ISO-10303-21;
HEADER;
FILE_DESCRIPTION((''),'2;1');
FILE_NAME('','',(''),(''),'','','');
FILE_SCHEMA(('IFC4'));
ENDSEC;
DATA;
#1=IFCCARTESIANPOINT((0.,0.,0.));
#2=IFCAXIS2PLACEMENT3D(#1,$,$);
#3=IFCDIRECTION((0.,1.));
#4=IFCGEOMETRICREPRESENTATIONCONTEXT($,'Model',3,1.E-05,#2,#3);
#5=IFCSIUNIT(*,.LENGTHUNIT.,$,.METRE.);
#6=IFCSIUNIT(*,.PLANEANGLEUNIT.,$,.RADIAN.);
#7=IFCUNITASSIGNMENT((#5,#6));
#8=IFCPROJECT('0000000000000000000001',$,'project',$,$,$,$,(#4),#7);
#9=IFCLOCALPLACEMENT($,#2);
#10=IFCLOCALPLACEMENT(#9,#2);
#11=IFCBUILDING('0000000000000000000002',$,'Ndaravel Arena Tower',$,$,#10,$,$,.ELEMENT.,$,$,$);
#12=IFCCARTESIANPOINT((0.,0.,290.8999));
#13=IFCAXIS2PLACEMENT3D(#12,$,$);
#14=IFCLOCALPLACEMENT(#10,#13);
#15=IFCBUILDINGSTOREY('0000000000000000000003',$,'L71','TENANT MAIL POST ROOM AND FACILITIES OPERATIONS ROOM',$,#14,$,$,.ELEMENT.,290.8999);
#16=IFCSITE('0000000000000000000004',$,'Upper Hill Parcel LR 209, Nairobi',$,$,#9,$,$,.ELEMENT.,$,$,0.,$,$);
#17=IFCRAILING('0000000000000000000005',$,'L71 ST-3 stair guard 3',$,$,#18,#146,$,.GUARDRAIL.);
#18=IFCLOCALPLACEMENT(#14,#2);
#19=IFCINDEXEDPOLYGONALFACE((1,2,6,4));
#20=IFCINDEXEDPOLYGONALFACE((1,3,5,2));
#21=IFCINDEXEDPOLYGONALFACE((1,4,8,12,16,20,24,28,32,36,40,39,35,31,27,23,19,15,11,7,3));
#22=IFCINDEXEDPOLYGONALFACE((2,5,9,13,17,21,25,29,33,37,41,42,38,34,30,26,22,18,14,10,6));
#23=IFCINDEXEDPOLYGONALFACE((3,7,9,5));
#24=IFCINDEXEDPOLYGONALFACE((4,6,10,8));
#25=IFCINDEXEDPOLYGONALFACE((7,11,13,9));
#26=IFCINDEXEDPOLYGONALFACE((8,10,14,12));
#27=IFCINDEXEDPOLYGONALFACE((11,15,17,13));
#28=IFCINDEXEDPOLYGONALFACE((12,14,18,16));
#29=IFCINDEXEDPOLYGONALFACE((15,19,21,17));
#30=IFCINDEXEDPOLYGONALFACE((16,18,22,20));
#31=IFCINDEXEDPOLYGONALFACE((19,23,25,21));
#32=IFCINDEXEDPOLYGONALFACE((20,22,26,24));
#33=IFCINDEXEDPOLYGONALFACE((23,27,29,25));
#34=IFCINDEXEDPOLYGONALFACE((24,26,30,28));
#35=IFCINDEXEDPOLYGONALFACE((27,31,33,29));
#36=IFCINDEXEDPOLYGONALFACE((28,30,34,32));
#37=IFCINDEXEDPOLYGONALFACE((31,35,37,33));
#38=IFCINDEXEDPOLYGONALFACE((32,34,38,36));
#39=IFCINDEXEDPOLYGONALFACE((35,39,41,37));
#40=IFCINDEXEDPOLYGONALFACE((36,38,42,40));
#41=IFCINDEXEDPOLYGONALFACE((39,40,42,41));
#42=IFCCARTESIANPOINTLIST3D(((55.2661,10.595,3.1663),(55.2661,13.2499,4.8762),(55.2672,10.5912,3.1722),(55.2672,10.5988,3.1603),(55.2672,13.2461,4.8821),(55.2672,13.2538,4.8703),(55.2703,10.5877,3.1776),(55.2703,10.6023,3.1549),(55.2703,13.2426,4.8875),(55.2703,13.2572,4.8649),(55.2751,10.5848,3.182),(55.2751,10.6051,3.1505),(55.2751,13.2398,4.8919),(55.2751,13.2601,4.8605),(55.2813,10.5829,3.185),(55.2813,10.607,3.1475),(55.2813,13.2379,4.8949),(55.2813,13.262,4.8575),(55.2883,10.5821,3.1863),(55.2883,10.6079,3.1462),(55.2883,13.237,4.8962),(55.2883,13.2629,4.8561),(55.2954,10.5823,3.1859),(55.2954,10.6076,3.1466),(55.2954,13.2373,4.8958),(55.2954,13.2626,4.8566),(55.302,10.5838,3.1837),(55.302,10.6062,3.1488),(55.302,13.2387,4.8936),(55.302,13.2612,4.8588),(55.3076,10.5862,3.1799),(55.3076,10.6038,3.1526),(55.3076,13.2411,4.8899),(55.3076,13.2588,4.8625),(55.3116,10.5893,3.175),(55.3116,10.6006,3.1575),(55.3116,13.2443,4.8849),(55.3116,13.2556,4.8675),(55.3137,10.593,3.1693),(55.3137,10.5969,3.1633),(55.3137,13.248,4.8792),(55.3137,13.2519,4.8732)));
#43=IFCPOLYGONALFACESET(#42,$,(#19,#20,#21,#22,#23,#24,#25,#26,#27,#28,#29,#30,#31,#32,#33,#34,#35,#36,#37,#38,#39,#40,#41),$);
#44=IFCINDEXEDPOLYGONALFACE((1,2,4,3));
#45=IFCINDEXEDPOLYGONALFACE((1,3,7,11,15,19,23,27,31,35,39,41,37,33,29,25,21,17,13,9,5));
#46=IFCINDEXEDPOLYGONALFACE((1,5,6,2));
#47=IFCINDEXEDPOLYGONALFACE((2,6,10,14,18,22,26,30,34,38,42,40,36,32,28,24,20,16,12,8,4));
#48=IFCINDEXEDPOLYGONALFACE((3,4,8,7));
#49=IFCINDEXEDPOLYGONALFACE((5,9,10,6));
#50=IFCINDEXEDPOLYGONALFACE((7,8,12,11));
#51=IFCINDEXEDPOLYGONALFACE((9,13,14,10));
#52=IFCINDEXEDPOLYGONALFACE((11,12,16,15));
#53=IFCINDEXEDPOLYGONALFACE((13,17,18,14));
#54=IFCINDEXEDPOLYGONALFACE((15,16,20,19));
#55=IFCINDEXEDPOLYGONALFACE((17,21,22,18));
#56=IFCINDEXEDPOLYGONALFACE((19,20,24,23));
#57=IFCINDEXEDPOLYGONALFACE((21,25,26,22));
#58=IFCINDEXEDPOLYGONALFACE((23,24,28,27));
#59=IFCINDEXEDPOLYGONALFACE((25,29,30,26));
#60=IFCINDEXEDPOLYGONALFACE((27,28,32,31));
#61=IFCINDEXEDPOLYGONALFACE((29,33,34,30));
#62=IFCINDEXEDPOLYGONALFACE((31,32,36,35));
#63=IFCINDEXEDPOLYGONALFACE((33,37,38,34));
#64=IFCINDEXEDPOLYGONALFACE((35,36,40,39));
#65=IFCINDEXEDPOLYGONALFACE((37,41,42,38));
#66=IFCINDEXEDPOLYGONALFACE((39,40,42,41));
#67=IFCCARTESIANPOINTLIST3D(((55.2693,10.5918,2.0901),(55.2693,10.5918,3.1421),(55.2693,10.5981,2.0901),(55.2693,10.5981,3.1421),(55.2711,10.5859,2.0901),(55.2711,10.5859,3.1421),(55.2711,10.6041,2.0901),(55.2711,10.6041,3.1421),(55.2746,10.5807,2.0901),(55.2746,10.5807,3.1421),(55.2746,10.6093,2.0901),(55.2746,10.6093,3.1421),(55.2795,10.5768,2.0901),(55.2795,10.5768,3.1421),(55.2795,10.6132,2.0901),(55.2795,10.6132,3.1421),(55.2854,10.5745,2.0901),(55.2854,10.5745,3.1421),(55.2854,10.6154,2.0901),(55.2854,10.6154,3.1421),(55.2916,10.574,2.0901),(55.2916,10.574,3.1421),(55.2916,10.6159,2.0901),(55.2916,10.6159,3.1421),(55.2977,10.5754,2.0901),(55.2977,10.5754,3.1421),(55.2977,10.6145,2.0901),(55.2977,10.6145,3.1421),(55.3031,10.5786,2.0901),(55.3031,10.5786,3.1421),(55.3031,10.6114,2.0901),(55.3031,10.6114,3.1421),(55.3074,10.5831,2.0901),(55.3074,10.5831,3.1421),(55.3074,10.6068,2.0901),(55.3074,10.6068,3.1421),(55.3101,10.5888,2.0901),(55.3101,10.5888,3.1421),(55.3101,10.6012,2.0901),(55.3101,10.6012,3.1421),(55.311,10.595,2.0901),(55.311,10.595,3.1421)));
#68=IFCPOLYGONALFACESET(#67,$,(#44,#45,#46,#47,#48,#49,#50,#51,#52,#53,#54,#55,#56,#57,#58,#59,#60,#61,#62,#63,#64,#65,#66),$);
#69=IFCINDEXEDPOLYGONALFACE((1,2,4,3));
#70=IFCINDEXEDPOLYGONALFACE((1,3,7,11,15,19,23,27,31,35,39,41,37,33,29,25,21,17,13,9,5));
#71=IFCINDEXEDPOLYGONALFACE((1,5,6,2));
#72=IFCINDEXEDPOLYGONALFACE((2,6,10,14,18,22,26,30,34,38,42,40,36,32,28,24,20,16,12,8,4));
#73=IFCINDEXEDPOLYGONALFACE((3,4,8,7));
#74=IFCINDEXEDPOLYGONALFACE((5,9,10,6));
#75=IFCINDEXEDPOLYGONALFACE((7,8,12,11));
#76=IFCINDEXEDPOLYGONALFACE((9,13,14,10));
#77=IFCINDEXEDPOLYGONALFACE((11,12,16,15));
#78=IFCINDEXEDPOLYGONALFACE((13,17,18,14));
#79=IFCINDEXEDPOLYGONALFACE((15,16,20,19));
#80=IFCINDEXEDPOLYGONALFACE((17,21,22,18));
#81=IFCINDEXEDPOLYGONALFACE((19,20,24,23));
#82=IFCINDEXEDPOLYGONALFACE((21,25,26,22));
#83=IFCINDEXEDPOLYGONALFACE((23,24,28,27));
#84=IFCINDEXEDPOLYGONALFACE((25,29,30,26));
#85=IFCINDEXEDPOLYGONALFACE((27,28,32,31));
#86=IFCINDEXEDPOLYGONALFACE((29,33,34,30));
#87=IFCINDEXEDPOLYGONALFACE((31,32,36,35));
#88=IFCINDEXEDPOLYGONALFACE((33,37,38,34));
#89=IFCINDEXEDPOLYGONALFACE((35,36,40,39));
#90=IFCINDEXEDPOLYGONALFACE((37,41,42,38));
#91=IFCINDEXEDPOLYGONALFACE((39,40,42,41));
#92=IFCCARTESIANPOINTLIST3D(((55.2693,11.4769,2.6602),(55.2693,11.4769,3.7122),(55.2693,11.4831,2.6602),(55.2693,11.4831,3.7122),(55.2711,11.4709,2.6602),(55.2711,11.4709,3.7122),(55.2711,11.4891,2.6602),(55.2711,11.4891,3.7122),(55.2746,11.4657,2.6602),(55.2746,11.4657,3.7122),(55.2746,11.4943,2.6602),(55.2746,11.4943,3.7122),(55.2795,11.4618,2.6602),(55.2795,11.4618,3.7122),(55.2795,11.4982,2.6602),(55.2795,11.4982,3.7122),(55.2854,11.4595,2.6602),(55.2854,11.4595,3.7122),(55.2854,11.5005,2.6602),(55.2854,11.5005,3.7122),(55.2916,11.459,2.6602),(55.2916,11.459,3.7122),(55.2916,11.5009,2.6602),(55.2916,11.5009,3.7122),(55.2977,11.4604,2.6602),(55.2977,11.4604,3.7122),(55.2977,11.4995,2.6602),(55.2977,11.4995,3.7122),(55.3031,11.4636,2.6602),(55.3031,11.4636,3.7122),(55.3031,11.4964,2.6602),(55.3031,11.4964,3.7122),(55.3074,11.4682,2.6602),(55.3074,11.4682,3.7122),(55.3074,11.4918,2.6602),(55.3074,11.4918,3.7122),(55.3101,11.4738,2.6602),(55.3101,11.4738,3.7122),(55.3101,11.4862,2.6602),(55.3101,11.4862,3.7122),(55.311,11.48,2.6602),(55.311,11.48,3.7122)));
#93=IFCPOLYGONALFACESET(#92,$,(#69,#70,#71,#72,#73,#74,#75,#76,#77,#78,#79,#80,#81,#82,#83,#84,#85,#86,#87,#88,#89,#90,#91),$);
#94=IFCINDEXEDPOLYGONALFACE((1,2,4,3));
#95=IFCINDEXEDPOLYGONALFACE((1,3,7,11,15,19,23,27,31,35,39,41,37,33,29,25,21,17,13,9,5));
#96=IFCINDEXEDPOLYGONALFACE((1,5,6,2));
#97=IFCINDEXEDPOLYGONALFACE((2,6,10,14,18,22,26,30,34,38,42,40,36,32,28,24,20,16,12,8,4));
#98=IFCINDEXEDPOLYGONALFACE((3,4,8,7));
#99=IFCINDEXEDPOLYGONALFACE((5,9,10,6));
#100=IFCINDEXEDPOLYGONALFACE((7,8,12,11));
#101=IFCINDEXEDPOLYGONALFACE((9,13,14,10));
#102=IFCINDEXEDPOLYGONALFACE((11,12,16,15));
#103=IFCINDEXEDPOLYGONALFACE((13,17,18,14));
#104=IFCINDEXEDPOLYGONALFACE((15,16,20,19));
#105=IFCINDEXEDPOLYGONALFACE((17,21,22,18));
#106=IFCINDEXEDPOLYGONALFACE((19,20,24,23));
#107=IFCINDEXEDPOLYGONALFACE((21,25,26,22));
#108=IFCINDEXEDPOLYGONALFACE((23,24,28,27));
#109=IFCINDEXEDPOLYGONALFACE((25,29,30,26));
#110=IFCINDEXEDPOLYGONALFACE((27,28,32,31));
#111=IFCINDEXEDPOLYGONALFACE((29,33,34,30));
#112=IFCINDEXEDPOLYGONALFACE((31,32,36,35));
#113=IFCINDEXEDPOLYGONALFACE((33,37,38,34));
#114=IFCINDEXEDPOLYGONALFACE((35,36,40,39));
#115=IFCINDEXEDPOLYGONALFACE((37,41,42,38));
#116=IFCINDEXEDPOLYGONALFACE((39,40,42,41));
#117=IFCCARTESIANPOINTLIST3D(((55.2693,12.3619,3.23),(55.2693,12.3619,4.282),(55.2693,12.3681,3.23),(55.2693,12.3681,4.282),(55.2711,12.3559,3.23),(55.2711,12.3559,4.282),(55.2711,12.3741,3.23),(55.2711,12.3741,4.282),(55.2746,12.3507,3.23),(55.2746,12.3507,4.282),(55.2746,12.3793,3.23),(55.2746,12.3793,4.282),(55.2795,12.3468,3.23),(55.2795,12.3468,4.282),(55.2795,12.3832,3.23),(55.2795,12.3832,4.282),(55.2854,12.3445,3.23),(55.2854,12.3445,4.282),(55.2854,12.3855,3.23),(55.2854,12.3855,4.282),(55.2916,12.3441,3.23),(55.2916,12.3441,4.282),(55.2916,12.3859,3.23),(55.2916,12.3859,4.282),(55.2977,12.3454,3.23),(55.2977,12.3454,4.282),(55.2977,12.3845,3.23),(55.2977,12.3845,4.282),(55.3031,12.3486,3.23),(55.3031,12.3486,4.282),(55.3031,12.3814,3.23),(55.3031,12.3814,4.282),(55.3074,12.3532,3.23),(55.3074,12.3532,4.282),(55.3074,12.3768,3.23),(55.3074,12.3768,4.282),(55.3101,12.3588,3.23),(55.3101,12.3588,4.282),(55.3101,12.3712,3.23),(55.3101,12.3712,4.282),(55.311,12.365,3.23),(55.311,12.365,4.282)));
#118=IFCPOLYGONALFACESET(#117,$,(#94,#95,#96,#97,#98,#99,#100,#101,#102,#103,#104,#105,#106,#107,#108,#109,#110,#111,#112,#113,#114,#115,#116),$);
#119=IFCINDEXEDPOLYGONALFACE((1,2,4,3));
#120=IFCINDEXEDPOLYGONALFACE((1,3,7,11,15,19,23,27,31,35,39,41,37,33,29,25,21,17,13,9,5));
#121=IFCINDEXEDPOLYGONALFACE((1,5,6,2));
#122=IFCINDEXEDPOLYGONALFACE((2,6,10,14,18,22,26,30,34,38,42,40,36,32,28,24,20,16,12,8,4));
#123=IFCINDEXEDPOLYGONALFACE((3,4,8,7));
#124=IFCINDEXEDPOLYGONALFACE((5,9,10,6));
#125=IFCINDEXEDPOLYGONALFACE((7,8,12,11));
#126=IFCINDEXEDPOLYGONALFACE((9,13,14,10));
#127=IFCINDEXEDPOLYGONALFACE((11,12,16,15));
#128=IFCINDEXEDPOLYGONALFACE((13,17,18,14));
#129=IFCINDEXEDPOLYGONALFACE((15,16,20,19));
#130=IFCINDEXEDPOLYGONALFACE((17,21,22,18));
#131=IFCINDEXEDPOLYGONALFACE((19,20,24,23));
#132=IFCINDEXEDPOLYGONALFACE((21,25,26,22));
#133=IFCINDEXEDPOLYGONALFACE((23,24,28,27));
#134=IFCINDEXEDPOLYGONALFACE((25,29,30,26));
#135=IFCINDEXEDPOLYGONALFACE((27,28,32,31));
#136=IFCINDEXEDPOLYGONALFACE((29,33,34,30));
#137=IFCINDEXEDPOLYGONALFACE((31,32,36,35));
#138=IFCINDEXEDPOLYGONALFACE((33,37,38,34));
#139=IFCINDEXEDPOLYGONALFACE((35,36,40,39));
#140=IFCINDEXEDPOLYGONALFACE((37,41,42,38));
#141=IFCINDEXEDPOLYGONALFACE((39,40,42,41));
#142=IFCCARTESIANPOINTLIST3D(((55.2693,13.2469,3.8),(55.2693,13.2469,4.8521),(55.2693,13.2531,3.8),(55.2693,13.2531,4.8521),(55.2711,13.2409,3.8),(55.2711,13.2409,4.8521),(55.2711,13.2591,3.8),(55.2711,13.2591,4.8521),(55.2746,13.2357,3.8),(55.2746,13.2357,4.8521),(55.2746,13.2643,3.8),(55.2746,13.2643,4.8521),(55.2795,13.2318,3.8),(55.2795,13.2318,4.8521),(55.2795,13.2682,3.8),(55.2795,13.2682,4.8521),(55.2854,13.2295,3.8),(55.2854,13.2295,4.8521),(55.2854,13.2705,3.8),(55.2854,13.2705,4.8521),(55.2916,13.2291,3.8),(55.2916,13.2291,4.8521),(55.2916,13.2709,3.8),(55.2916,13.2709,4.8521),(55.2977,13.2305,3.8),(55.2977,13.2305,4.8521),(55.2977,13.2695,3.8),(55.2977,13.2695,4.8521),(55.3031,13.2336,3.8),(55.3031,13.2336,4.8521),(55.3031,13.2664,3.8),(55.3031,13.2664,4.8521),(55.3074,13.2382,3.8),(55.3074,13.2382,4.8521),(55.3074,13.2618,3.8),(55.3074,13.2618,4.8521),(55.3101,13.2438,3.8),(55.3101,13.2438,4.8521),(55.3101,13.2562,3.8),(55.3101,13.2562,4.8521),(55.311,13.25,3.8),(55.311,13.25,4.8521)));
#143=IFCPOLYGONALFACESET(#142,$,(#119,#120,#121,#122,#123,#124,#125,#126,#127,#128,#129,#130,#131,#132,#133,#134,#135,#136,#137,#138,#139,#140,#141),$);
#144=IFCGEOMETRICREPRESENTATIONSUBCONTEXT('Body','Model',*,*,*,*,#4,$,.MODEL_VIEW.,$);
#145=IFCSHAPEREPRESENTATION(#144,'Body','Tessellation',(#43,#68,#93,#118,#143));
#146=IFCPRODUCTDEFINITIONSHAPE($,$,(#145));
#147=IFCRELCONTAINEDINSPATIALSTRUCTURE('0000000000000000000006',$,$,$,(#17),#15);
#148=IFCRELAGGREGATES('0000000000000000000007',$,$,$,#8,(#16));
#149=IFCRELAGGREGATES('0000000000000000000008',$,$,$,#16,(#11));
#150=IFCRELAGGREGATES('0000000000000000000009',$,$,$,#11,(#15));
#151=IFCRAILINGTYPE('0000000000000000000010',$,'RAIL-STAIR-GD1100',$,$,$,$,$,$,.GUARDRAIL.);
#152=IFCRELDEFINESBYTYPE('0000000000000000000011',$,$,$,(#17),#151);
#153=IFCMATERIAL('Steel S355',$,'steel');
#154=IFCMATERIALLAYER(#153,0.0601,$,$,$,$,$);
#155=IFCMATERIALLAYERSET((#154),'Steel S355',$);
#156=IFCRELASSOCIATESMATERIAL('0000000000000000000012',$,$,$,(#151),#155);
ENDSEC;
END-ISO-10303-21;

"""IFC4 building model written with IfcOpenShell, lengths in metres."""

from ifc_helpers import new_model, si_unit, direction, frame, origin, origin_2d, place, context, subcontext, project, spatial, circle, extrude, material, layer, layer_set, type_object, element, save


model = new_model("IFC4")

# Units and contexts
model_context = context("Model", 3, precision=1e-05, world=origin(), true_north=direction((0.0, 1.0)))
body_context = subcontext(model_context, "Body", "Model", "MODEL_VIEW")
ifc_project = project(units=[si_unit("LENGTHUNIT", "METRE"), si_unit("PLANEANGLEUNIT", "RADIAN")], contexts=[model_context])

# Site, building, storey
site_placement = place(None, origin())
site = spatial("IfcSite", under=ifc_project, at=site_placement, Name="Upper Hill Parcel LR 209, Nairobi", CompositionType="ELEMENT", RefElevation=0.0)
building_placement = place(site_placement, origin())
building = spatial("IfcBuilding", under=site, at=building_placement, Name="Ndaravel Arena Tower", CompositionType="ELEMENT")
storey_placement = place(building_placement, frame((0.0, 0.0, 290.8999)))
storey = spatial("IfcBuildingStorey", under=building, at=storey_placement, Name="L71", Description="TENANT MAIL POST ROOM AND FACILITIES OPERATIONS ROOM", CompositionType="ELEMENT", Elevation=290.8999)

# Railing
ifc_material_1 = material(Name="Steel S355", Category="steel")
ifc_layer_1 = layer(ifc_material_1, 0.0601)
ifc_layer_set_1 = layer_set([ifc_layer_1], Name="Steel S355")
railing_type = type_object("IfcRailingType", Name="RAIL-STAIR-GD1100", PredefinedType="GUARDRAIL", material=ifc_layer_set_1)
railing_placement = place(storey_placement, frame((55.29, 10.595, 2.0901)))
element("IfcRailing", 1, at=railing_placement, inside=storey, type_object=railing_type, Name="L71 ST-3 stair guard 3", PredefinedType="GUARDRAIL", context=body_context, shape_type="SweptSolid", body=[
    extrude(circle(Radius=0.0239, at=origin_2d()), frame((0.0, 0.0, 1.0762), z_axis=(0.0, 0.840724, 0.541465), x_axis=(-1.0, 0.0, 0.0)), (0.0, 0.0, 1.0), 3.158),
    extrude(circle(Radius=0.021, at=origin_2d()), origin(), (0.0, 0.0, 1.0), 1.052),
    extrude(circle(Radius=0.021, at=origin_2d()), frame((0.0, 0.885, 0.5701)), (0.0, 0.0, 1.0), 1.052),
    extrude(circle(Radius=0.021, at=origin_2d()), frame((0.0, 1.77, 1.1399)), (0.0, 0.0, 1.0), 1.052),
    extrude(circle(Radius=0.021, at=origin_2d()), frame((0.0, 2.655, 1.71)), (0.0, 0.0, 1.0), 1.052),
])

save(model, "model.ifc")
